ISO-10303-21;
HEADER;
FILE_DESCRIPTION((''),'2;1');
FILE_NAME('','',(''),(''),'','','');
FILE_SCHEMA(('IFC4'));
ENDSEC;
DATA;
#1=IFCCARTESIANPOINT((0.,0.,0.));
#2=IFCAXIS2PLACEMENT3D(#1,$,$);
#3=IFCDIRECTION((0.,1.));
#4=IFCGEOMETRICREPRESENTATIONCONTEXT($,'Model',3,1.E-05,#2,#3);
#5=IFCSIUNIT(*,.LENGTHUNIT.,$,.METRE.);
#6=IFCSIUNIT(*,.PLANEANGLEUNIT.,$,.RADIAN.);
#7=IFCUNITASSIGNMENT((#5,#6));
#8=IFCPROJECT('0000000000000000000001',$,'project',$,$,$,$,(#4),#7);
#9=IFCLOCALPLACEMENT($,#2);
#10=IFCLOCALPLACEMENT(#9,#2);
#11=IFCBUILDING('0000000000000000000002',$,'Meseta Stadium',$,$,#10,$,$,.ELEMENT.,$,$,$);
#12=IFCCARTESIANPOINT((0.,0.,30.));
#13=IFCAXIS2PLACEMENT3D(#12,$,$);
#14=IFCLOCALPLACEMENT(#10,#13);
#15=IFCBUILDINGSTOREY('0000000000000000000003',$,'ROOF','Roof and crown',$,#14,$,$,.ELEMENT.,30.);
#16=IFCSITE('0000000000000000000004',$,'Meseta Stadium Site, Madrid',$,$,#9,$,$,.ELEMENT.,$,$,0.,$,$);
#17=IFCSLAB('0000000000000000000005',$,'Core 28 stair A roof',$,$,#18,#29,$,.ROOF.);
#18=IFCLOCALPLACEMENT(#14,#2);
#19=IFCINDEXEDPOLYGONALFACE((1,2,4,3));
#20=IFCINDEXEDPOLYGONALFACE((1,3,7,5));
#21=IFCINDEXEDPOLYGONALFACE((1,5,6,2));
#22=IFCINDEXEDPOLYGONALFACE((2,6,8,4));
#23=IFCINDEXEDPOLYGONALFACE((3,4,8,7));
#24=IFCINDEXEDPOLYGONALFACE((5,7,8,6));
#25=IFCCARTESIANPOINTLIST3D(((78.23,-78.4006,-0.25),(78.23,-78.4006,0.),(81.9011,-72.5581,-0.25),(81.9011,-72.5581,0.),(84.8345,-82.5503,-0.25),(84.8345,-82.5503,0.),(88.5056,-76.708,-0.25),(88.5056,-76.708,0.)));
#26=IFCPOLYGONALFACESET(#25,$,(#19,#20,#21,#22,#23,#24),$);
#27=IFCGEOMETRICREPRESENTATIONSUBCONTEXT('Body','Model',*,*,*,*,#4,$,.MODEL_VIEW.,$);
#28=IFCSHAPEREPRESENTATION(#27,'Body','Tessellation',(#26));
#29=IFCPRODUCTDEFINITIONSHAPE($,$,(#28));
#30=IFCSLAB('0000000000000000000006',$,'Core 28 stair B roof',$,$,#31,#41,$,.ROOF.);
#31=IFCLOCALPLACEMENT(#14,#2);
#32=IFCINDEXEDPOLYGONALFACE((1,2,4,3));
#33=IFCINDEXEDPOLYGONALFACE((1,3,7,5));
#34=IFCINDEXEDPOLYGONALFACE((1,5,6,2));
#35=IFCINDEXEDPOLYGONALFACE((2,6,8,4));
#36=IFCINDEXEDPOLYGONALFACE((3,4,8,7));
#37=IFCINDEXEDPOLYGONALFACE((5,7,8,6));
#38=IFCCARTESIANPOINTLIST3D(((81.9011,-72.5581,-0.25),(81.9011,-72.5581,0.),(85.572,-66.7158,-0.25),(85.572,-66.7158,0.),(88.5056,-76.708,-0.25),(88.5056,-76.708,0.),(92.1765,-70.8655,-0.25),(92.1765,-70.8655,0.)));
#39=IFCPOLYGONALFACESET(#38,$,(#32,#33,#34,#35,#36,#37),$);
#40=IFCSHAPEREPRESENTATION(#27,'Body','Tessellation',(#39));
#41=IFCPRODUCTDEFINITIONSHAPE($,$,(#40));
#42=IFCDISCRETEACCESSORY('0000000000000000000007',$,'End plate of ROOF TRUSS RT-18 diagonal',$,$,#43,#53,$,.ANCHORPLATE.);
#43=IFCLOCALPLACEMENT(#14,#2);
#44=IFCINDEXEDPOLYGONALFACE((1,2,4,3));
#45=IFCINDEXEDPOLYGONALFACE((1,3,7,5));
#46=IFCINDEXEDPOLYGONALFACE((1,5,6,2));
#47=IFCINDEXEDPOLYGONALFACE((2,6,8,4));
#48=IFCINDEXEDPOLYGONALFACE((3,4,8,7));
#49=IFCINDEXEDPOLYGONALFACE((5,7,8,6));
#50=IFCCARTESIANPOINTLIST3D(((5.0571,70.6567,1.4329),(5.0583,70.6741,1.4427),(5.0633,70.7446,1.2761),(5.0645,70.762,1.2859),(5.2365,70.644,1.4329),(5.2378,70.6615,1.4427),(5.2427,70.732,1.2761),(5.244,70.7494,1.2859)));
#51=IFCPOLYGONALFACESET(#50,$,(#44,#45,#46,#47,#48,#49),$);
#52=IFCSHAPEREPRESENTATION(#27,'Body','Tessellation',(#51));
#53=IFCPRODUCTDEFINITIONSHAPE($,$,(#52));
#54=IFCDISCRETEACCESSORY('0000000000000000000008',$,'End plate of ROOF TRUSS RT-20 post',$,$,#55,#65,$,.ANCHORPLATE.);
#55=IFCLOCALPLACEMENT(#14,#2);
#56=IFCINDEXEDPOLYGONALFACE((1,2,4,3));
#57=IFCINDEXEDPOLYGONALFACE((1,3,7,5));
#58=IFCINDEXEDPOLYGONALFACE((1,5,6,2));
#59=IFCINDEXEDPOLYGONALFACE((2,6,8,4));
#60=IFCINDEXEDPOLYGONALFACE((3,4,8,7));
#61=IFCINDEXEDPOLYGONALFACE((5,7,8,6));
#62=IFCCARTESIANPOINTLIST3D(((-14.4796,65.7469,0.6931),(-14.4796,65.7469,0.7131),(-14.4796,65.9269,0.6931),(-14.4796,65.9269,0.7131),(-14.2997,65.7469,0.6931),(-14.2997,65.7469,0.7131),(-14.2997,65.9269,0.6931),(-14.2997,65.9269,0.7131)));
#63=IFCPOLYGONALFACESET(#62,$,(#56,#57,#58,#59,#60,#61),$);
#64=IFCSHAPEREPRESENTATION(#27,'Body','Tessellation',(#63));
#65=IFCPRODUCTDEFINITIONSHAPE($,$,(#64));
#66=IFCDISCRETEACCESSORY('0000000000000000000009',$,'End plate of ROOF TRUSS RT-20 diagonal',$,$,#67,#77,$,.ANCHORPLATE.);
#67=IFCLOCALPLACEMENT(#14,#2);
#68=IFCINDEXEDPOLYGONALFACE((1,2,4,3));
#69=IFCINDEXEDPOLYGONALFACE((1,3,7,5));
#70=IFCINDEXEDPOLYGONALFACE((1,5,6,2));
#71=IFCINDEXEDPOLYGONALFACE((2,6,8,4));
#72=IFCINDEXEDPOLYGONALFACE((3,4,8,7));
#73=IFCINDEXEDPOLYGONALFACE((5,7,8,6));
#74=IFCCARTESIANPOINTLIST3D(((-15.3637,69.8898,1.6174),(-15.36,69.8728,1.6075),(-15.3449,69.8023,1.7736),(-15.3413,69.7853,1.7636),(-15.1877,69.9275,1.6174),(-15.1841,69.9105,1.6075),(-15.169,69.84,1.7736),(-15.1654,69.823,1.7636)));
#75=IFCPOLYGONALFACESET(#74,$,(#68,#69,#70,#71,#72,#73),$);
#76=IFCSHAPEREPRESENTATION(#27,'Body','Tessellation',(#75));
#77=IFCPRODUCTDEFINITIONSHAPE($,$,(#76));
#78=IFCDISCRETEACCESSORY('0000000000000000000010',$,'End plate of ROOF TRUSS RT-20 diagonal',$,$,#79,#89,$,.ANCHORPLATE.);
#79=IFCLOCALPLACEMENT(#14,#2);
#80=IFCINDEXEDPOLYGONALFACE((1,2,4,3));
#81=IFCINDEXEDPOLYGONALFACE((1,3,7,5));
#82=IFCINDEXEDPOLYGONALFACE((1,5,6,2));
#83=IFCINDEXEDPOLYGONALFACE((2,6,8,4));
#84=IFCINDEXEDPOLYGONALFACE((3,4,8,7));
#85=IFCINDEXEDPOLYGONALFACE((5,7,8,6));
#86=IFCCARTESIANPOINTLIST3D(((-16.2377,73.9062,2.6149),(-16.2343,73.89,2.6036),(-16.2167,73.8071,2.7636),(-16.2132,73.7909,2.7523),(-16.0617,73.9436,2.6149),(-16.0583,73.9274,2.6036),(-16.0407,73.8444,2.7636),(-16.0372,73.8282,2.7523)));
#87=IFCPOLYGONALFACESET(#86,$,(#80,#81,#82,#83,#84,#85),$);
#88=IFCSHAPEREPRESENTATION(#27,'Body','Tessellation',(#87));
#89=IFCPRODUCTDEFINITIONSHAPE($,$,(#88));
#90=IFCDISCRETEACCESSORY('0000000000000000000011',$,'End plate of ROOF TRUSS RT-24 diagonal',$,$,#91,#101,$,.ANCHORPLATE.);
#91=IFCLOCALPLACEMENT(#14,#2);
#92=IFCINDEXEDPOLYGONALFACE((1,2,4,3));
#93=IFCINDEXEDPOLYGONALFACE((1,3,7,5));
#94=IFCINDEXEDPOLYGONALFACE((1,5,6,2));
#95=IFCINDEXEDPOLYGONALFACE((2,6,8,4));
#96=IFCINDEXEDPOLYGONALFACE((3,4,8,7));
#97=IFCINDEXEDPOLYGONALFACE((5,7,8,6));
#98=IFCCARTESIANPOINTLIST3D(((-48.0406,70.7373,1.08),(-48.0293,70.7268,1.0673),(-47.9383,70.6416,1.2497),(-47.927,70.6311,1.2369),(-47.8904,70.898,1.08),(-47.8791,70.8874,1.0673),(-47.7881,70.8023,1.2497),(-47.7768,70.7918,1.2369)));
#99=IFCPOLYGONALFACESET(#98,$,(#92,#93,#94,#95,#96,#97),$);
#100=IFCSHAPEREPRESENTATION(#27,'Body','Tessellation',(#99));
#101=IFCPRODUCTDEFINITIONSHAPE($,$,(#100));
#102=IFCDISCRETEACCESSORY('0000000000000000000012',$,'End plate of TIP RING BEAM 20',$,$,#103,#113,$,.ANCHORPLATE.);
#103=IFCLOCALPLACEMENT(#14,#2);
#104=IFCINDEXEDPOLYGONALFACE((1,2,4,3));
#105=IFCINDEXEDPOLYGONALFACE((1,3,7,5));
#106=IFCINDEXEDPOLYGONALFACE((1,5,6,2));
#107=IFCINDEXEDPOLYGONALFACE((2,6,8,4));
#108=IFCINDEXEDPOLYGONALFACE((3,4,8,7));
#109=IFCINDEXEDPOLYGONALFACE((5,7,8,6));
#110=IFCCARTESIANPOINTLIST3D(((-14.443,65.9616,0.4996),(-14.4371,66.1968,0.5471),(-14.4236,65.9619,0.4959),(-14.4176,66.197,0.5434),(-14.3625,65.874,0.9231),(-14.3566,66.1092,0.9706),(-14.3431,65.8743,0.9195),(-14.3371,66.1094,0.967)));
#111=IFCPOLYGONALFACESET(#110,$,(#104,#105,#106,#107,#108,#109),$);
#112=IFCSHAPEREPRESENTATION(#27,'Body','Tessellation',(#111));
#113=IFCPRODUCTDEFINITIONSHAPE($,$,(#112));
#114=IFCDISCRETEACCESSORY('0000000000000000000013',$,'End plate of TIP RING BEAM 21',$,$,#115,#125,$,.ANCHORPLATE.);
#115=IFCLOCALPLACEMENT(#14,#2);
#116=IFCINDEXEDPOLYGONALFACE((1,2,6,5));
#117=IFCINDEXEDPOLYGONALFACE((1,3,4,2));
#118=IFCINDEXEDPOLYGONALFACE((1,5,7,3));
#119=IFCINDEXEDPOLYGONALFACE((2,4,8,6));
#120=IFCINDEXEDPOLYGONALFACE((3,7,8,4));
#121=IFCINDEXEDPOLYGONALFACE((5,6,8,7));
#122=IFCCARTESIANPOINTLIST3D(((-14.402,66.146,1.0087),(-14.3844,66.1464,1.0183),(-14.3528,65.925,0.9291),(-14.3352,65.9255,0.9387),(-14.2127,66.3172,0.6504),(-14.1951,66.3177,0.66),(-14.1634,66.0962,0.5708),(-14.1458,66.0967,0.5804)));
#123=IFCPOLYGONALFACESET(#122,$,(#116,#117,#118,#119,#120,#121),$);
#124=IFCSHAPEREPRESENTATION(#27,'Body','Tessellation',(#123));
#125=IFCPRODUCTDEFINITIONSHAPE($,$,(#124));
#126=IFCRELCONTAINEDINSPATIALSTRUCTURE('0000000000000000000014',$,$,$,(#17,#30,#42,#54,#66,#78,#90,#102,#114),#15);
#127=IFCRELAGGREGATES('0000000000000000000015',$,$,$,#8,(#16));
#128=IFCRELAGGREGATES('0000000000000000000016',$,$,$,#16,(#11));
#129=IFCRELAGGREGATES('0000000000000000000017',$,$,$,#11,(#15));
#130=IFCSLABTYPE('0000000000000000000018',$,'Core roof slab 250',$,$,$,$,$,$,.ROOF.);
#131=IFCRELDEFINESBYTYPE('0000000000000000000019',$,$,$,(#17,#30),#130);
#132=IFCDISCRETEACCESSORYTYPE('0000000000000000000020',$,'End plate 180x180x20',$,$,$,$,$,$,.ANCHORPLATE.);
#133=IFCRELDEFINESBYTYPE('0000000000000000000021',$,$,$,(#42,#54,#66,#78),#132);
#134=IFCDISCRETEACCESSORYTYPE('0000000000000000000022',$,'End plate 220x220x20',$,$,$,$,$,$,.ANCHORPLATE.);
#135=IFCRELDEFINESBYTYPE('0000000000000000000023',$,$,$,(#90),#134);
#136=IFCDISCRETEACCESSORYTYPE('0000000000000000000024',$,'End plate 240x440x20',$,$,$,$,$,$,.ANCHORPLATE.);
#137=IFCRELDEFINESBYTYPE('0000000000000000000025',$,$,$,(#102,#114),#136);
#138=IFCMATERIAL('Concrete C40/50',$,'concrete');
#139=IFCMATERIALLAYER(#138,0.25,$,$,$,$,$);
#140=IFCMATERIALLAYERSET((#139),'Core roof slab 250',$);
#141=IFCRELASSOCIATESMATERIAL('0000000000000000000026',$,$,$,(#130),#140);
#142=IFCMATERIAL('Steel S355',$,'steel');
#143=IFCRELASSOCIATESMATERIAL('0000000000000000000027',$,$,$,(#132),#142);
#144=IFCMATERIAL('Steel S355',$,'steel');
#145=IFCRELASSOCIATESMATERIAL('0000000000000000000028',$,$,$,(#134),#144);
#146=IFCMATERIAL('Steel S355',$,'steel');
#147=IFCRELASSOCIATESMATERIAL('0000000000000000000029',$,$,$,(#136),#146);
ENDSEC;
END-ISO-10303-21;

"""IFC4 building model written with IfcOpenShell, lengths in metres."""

from ifc_helpers import new_model, si_unit, direction, frame, origin, origin_2d, place, context, subcontext, project, spatial, polyline, rectangle, outline, extrude, material, layer, layer_set, material_profile, profile_set, type_object, element, save


model = new_model("IFC4")

# Units and contexts
model_context = context("Model", 3, precision=1e-05, world=origin(), true_north=direction((0.0, 1.0)))
body_context = subcontext(model_context, "Body", "Model", "MODEL_VIEW")
ifc_project = project(units=[si_unit("LENGTHUNIT", "METRE"), si_unit("PLANEANGLEUNIT", "RADIAN")], contexts=[model_context])

# Site, building, storey
site_placement = place(None, origin())
site = spatial("IfcSite", under=ifc_project, at=site_placement, Name="Meseta Stadium Site, Madrid", CompositionType="ELEMENT", RefElevation=0.0)
building_placement = place(site_placement, origin())
building = spatial("IfcBuilding", under=site, at=building_placement, Name="Meseta Stadium", CompositionType="ELEMENT")
storey_placement = place(building_placement, frame((0.0, 0.0, 30.0)))
storey = spatial("IfcBuildingStorey", under=building, at=storey_placement, Name="ROOF", Description="Roof and crown", CompositionType="ELEMENT", Elevation=30.0)

# Slabs
ifc_material_1 = material(Name="Concrete C40/50", Category="concrete")
ifc_layer = layer(ifc_material_1, 0.25)
ifc_layer_set = layer_set([ifc_layer], Name="Core roof slab 250")
slab_type = type_object("IfcSlabType", Name="Core roof slab 250", PredefinedType="ROOF", material=ifc_layer_set)
slab_1_placement = place(storey_placement, frame((0.0, 0.0, -0.25)))
element("IfcSlab", 1, at=slab_1_placement, inside=storey, type_object=slab_type, Name="Core 28 stair A roof", PredefinedType="ROOF", context=body_context, shape_type="SweptSolid", body=[
    extrude(outline(polyline([(84.8345, -82.5503), (78.23, -78.4006), (81.9011, -72.5581), (88.5056, -76.708), (84.8345, -82.5503)])), origin(), (0.0, 0.0, 1.0), 0.25),
])
slab_2_placement = place(storey_placement, frame((0.0, 0.0, -0.25)))
element("IfcSlab", 2, at=slab_2_placement, inside=storey, type_object=slab_type, Name="Core 28 stair B roof", PredefinedType="ROOF", context=body_context, shape_type="SweptSolid", body=[
    extrude(outline(polyline([(88.5056, -76.708), (81.9011, -72.5581), (85.572, -66.7158), (92.1765, -70.8655), (88.5056, -76.708)])), origin(), (0.0, 0.0, 1.0), 0.25),
])

# Discrete accessories
ifc_material_2 = material(Name="Steel S355", Category="steel")
ifc_material_profile_1 = material_profile(ifc_material_2, rectangle(XDim=0.1799, YDim=0.1799, at=origin_2d()), Name="PL 180x180")
ifc_profile_set_1 = profile_set([ifc_material_profile_1], Name="Steel S355")
discrete_accessory_type_1 = type_object("IfcDiscreteAccessoryType", Name="End plate 180x180x20", PredefinedType="ANCHORPLATE", material=ifc_profile_set_1)
for number, where, z_axis, x_axis, name in (
    (3, (5.1499, 70.6943, 1.3545), (0.06124, 0.869612, 0.489922), (-0.99753, 0.070249, 0.0), "End plate of ROOF TRUSS RT-18 diagonal"),
    (4, (-14.3896, 65.8369, 0.6931), (0.0, 0.0, 1.0), (1.0, 0.0, 0.0), "End plate of ROOF TRUSS RT-20 post"),
    (5, (-15.2627, 69.8479, 1.6855), (-0.181822, 0.8485, 0.496979), (-0.977802, -0.209529, 0.0), "End plate of ROOF TRUSS RT-20 diagonal"),
    (6, (-16.1357, 73.8591, 2.678), (-0.171447, 0.808251, 0.563326), (-0.978234, -0.207504, 0.0), "End plate of ROOF TRUSS RT-20 diagonal"),
):
    element("IfcDiscreteAccessory", number, at=place(storey_placement, frame(where, z_axis=z_axis, x_axis=x_axis)), inside=storey, type_object=discrete_accessory_type_1, Name=name, PredefinedType="ANCHORPLATE", context=body_context, shape_type="SweptSolid", body=[
        extrude(rectangle(XDim=0.1799, YDim=0.1799, at=origin_2d()), origin(), (0.0, 0.0, 1.0), 0.02),
    ])
ifc_material_3 = material(Name="Steel S355", Category="steel")
ifc_material_profile_2 = material_profile(ifc_material_3, rectangle(XDim=0.22, YDim=0.22, at=origin_2d()), Name="PL 220x220")
ifc_profile_set_2 = profile_set([ifc_material_profile_2], Name="Steel S355")
discrete_accessory_type_2 = type_object("IfcDiscreteAccessoryType", Name="End plate 220x220x20", PredefinedType="ANCHORPLATE", material=ifc_profile_set_2)
discrete_accessory_1_placement = place(storey_placement, frame((-47.9031, 70.7593, 1.1521), z_axis=(-0.563284, 0.526548, 0.636756), x_axis=(-0.682884, -0.730527, 0.0)))
element("IfcDiscreteAccessory", 7, at=discrete_accessory_1_placement, inside=storey, type_object=discrete_accessory_type_2, Name="End plate of ROOF TRUSS RT-24 diagonal", PredefinedType="ANCHORPLATE", context=body_context, shape_type="SweptSolid", body=[
    extrude(rectangle(XDim=0.22, YDim=0.22, at=origin_2d()), origin(), (0.0, 0.0, 1.0), 0.02),
])
ifc_material_4 = material(Name="Steel S355", Category="steel")
ifc_material_profile_3 = material_profile(ifc_material_4, rectangle(XDim=0.24, YDim=0.4399, at=origin_2d()), Name="PL 240x440")
ifc_profile_set_3 = profile_set([ifc_material_profile_3], Name="Steel S355")
discrete_accessory_type_3 = type_object("IfcDiscreteAccessoryType", Name="End plate 240x440x20", PredefinedType="ANCHORPLATE", material=ifc_profile_set_3)
discrete_accessory_2_placement = place(storey_placement, frame((-14.3804, 66.0356, 0.7314), z_axis=(-0.982798, -0.012285, 0.184275), x_axis=(-0.02486, -0.979904, -0.197912)))
element("IfcDiscreteAccessory", 8, at=discrete_accessory_2_placement, inside=storey, type_object=discrete_accessory_type_3, Name="End plate of TIP RING BEAM 20", PredefinedType="ANCHORPLATE", context=body_context, shape_type="SweptSolid", body=[
    extrude(rectangle(XDim=0.24, YDim=0.4399, at=origin_2d()), origin(), (0.0, 0.0, 1.0), 0.0198),
])
discrete_accessory_3_placement = place(storey_placement, frame((-14.2651, 66.1216, 0.7993), z_axis=(-0.87903, -0.024417, -0.476141), x_axis=(0.205226, -0.920807, -0.331658)))
element("IfcDiscreteAccessory", 9, at=discrete_accessory_3_placement, inside=storey, type_object=discrete_accessory_type_3, Name="End plate of TIP RING BEAM 21", PredefinedType="ANCHORPLATE", context=body_context, shape_type="SweptSolid", body=[
    extrude(rectangle(XDim=0.24, YDim=0.4399, at=origin_2d()), origin(), (0.0, 0.0, 1.0), 0.02),
])

save(model, "model.ifc")
